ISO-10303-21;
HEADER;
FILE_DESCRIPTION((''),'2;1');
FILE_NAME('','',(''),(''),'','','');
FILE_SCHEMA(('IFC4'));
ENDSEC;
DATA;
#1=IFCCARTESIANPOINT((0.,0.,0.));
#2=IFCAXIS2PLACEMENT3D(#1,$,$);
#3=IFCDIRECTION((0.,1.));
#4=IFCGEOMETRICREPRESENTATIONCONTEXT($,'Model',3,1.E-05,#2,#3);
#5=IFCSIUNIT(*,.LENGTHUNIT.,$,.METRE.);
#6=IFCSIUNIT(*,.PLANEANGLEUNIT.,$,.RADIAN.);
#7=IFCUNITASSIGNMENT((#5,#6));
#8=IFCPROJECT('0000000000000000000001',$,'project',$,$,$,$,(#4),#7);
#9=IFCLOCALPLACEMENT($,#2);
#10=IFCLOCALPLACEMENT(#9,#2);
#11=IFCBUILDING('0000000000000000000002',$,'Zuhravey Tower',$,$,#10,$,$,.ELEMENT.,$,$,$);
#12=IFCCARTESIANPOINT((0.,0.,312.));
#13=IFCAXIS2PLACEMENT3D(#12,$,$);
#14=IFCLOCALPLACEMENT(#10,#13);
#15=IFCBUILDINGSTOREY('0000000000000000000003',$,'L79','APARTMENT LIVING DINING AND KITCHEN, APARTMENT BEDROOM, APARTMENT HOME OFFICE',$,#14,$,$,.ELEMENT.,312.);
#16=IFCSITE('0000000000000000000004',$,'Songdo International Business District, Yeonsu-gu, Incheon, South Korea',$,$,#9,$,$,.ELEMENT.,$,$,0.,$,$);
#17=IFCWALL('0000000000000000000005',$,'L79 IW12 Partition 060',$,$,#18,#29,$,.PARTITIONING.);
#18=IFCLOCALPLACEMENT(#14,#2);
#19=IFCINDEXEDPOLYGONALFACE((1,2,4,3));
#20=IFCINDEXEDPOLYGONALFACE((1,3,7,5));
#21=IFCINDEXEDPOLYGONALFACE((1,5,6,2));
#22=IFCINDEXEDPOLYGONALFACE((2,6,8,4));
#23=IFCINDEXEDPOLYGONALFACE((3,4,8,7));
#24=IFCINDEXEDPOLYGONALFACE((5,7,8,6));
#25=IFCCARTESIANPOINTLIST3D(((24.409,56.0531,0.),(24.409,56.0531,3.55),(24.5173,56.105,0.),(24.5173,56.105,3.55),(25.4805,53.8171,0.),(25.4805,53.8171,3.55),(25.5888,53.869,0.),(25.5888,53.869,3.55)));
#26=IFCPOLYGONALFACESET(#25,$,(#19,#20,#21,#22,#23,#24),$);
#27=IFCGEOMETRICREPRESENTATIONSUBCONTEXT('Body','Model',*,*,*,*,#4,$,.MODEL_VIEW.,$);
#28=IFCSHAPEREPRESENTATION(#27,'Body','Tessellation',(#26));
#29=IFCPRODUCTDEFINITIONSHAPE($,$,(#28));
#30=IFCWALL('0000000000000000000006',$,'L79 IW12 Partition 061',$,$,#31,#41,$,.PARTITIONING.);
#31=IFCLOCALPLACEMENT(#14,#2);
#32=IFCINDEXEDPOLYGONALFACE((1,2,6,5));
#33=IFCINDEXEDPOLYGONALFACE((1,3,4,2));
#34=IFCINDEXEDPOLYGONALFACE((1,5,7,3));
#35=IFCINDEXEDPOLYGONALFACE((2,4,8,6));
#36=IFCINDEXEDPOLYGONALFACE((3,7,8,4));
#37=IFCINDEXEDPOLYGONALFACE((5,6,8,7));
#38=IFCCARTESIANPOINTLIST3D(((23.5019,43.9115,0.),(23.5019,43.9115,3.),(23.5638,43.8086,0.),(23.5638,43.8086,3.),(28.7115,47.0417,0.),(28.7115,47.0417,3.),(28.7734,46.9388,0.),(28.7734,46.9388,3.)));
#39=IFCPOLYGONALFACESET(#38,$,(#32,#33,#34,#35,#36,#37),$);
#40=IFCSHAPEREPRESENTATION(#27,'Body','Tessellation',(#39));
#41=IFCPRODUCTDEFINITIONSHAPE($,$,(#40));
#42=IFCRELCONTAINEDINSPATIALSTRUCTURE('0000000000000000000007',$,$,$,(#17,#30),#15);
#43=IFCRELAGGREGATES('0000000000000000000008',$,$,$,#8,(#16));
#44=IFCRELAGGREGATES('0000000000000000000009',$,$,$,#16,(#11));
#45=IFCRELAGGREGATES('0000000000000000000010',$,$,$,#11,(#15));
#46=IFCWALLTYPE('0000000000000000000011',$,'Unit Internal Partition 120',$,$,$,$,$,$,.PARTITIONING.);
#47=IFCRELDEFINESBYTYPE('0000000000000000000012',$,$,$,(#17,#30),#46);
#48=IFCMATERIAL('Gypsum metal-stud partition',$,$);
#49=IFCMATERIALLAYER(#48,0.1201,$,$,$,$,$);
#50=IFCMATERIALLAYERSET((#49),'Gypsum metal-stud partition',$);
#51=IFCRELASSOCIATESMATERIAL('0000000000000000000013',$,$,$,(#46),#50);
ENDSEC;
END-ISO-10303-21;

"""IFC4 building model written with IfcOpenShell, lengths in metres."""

from ifc_helpers import new_model, si_unit, direction, frame, frame_2d, origin, place, context, subcontext, project, spatial, rectangle, extrude, material, layer, layer_set, type_object, element, save


model = new_model("IFC4")

# Units and contexts
model_context = context("Model", 3, precision=1e-05, world=origin(), true_north=direction((0.0, 1.0)))
body_context = subcontext(model_context, "Body", "Model", "MODEL_VIEW")
ifc_project = project(units=[si_unit("LENGTHUNIT", "METRE"), si_unit("PLANEANGLEUNIT", "RADIAN")], contexts=[model_context])

# Site, building, storey
site_placement = place(None, origin())
site = spatial("IfcSite", under=ifc_project, at=site_placement, Name="Songdo International Business District, Yeonsu-gu, Incheon, South Korea", CompositionType="ELEMENT", RefElevation=0.0)
building_placement = place(site_placement, origin())
building = spatial("IfcBuilding", under=site, at=building_placement, Name="Zuhravey Tower", CompositionType="ELEMENT")
storey_placement = place(building_placement, frame((0.0, 0.0, 312.0)))
storey = spatial("IfcBuildingStorey", under=building, at=storey_placement, Name="L79", Description="APARTMENT LIVING DINING AND KITCHEN, APARTMENT BEDROOM, APARTMENT HOME OFFICE", CompositionType="ELEMENT", Elevation=312.0)

# Shared definitions
ifc_material_1 = material(Name="Gypsum metal-stud partition")
ifc_layer_1 = layer(ifc_material_1, 0.1201)
ifc_layer_set_1 = layer_set([ifc_layer_1], Name="Gypsum metal-stud partition")
wall_type_1 = type_object("IfcWallType", Name="Unit Internal Partition 120", PredefinedType="PARTITIONING", material=ifc_layer_set_1)

# Walls
wall_1_placement = place(storey_placement, frame((25.5347, 53.843, 0.0), z_axis=(0.0, 0.0, 1.0), x_axis=(-0.432145, 0.901804, 0.0)))
element("IfcWall", 1, at=wall_1_placement, inside=storey, type_object=wall_type_1, Name="L79 IW12 Partition 060", PredefinedType="PARTITIONING", context=body_context, shape_type="SweptSolid", body=[
    extrude(rectangle(XDim=2.4795, YDim=0.1201, at=frame_2d((1.2397, 0.0))), origin(), (0.0, 0.0, 1.0), 3.55),
])
wall_2_placement = place(storey_placement, frame((28.7424, 46.9902, 0.0), z_axis=(0.0, 0.0, 1.0), x_axis=(-0.85717, -0.515033, 0.0)))
element("IfcWall", 2, at=wall_2_placement, inside=storey, type_object=wall_type_1, Name="L79 IW12 Partition 061", PredefinedType="PARTITIONING", context=body_context, shape_type="SweptSolid", body=[
    extrude(rectangle(XDim=6.0776, YDim=0.1201, at=frame_2d((3.0388, 0.0))), origin(), (0.0, 0.0, 1.0), 3.0),
])

save(model, "model.ifc")
